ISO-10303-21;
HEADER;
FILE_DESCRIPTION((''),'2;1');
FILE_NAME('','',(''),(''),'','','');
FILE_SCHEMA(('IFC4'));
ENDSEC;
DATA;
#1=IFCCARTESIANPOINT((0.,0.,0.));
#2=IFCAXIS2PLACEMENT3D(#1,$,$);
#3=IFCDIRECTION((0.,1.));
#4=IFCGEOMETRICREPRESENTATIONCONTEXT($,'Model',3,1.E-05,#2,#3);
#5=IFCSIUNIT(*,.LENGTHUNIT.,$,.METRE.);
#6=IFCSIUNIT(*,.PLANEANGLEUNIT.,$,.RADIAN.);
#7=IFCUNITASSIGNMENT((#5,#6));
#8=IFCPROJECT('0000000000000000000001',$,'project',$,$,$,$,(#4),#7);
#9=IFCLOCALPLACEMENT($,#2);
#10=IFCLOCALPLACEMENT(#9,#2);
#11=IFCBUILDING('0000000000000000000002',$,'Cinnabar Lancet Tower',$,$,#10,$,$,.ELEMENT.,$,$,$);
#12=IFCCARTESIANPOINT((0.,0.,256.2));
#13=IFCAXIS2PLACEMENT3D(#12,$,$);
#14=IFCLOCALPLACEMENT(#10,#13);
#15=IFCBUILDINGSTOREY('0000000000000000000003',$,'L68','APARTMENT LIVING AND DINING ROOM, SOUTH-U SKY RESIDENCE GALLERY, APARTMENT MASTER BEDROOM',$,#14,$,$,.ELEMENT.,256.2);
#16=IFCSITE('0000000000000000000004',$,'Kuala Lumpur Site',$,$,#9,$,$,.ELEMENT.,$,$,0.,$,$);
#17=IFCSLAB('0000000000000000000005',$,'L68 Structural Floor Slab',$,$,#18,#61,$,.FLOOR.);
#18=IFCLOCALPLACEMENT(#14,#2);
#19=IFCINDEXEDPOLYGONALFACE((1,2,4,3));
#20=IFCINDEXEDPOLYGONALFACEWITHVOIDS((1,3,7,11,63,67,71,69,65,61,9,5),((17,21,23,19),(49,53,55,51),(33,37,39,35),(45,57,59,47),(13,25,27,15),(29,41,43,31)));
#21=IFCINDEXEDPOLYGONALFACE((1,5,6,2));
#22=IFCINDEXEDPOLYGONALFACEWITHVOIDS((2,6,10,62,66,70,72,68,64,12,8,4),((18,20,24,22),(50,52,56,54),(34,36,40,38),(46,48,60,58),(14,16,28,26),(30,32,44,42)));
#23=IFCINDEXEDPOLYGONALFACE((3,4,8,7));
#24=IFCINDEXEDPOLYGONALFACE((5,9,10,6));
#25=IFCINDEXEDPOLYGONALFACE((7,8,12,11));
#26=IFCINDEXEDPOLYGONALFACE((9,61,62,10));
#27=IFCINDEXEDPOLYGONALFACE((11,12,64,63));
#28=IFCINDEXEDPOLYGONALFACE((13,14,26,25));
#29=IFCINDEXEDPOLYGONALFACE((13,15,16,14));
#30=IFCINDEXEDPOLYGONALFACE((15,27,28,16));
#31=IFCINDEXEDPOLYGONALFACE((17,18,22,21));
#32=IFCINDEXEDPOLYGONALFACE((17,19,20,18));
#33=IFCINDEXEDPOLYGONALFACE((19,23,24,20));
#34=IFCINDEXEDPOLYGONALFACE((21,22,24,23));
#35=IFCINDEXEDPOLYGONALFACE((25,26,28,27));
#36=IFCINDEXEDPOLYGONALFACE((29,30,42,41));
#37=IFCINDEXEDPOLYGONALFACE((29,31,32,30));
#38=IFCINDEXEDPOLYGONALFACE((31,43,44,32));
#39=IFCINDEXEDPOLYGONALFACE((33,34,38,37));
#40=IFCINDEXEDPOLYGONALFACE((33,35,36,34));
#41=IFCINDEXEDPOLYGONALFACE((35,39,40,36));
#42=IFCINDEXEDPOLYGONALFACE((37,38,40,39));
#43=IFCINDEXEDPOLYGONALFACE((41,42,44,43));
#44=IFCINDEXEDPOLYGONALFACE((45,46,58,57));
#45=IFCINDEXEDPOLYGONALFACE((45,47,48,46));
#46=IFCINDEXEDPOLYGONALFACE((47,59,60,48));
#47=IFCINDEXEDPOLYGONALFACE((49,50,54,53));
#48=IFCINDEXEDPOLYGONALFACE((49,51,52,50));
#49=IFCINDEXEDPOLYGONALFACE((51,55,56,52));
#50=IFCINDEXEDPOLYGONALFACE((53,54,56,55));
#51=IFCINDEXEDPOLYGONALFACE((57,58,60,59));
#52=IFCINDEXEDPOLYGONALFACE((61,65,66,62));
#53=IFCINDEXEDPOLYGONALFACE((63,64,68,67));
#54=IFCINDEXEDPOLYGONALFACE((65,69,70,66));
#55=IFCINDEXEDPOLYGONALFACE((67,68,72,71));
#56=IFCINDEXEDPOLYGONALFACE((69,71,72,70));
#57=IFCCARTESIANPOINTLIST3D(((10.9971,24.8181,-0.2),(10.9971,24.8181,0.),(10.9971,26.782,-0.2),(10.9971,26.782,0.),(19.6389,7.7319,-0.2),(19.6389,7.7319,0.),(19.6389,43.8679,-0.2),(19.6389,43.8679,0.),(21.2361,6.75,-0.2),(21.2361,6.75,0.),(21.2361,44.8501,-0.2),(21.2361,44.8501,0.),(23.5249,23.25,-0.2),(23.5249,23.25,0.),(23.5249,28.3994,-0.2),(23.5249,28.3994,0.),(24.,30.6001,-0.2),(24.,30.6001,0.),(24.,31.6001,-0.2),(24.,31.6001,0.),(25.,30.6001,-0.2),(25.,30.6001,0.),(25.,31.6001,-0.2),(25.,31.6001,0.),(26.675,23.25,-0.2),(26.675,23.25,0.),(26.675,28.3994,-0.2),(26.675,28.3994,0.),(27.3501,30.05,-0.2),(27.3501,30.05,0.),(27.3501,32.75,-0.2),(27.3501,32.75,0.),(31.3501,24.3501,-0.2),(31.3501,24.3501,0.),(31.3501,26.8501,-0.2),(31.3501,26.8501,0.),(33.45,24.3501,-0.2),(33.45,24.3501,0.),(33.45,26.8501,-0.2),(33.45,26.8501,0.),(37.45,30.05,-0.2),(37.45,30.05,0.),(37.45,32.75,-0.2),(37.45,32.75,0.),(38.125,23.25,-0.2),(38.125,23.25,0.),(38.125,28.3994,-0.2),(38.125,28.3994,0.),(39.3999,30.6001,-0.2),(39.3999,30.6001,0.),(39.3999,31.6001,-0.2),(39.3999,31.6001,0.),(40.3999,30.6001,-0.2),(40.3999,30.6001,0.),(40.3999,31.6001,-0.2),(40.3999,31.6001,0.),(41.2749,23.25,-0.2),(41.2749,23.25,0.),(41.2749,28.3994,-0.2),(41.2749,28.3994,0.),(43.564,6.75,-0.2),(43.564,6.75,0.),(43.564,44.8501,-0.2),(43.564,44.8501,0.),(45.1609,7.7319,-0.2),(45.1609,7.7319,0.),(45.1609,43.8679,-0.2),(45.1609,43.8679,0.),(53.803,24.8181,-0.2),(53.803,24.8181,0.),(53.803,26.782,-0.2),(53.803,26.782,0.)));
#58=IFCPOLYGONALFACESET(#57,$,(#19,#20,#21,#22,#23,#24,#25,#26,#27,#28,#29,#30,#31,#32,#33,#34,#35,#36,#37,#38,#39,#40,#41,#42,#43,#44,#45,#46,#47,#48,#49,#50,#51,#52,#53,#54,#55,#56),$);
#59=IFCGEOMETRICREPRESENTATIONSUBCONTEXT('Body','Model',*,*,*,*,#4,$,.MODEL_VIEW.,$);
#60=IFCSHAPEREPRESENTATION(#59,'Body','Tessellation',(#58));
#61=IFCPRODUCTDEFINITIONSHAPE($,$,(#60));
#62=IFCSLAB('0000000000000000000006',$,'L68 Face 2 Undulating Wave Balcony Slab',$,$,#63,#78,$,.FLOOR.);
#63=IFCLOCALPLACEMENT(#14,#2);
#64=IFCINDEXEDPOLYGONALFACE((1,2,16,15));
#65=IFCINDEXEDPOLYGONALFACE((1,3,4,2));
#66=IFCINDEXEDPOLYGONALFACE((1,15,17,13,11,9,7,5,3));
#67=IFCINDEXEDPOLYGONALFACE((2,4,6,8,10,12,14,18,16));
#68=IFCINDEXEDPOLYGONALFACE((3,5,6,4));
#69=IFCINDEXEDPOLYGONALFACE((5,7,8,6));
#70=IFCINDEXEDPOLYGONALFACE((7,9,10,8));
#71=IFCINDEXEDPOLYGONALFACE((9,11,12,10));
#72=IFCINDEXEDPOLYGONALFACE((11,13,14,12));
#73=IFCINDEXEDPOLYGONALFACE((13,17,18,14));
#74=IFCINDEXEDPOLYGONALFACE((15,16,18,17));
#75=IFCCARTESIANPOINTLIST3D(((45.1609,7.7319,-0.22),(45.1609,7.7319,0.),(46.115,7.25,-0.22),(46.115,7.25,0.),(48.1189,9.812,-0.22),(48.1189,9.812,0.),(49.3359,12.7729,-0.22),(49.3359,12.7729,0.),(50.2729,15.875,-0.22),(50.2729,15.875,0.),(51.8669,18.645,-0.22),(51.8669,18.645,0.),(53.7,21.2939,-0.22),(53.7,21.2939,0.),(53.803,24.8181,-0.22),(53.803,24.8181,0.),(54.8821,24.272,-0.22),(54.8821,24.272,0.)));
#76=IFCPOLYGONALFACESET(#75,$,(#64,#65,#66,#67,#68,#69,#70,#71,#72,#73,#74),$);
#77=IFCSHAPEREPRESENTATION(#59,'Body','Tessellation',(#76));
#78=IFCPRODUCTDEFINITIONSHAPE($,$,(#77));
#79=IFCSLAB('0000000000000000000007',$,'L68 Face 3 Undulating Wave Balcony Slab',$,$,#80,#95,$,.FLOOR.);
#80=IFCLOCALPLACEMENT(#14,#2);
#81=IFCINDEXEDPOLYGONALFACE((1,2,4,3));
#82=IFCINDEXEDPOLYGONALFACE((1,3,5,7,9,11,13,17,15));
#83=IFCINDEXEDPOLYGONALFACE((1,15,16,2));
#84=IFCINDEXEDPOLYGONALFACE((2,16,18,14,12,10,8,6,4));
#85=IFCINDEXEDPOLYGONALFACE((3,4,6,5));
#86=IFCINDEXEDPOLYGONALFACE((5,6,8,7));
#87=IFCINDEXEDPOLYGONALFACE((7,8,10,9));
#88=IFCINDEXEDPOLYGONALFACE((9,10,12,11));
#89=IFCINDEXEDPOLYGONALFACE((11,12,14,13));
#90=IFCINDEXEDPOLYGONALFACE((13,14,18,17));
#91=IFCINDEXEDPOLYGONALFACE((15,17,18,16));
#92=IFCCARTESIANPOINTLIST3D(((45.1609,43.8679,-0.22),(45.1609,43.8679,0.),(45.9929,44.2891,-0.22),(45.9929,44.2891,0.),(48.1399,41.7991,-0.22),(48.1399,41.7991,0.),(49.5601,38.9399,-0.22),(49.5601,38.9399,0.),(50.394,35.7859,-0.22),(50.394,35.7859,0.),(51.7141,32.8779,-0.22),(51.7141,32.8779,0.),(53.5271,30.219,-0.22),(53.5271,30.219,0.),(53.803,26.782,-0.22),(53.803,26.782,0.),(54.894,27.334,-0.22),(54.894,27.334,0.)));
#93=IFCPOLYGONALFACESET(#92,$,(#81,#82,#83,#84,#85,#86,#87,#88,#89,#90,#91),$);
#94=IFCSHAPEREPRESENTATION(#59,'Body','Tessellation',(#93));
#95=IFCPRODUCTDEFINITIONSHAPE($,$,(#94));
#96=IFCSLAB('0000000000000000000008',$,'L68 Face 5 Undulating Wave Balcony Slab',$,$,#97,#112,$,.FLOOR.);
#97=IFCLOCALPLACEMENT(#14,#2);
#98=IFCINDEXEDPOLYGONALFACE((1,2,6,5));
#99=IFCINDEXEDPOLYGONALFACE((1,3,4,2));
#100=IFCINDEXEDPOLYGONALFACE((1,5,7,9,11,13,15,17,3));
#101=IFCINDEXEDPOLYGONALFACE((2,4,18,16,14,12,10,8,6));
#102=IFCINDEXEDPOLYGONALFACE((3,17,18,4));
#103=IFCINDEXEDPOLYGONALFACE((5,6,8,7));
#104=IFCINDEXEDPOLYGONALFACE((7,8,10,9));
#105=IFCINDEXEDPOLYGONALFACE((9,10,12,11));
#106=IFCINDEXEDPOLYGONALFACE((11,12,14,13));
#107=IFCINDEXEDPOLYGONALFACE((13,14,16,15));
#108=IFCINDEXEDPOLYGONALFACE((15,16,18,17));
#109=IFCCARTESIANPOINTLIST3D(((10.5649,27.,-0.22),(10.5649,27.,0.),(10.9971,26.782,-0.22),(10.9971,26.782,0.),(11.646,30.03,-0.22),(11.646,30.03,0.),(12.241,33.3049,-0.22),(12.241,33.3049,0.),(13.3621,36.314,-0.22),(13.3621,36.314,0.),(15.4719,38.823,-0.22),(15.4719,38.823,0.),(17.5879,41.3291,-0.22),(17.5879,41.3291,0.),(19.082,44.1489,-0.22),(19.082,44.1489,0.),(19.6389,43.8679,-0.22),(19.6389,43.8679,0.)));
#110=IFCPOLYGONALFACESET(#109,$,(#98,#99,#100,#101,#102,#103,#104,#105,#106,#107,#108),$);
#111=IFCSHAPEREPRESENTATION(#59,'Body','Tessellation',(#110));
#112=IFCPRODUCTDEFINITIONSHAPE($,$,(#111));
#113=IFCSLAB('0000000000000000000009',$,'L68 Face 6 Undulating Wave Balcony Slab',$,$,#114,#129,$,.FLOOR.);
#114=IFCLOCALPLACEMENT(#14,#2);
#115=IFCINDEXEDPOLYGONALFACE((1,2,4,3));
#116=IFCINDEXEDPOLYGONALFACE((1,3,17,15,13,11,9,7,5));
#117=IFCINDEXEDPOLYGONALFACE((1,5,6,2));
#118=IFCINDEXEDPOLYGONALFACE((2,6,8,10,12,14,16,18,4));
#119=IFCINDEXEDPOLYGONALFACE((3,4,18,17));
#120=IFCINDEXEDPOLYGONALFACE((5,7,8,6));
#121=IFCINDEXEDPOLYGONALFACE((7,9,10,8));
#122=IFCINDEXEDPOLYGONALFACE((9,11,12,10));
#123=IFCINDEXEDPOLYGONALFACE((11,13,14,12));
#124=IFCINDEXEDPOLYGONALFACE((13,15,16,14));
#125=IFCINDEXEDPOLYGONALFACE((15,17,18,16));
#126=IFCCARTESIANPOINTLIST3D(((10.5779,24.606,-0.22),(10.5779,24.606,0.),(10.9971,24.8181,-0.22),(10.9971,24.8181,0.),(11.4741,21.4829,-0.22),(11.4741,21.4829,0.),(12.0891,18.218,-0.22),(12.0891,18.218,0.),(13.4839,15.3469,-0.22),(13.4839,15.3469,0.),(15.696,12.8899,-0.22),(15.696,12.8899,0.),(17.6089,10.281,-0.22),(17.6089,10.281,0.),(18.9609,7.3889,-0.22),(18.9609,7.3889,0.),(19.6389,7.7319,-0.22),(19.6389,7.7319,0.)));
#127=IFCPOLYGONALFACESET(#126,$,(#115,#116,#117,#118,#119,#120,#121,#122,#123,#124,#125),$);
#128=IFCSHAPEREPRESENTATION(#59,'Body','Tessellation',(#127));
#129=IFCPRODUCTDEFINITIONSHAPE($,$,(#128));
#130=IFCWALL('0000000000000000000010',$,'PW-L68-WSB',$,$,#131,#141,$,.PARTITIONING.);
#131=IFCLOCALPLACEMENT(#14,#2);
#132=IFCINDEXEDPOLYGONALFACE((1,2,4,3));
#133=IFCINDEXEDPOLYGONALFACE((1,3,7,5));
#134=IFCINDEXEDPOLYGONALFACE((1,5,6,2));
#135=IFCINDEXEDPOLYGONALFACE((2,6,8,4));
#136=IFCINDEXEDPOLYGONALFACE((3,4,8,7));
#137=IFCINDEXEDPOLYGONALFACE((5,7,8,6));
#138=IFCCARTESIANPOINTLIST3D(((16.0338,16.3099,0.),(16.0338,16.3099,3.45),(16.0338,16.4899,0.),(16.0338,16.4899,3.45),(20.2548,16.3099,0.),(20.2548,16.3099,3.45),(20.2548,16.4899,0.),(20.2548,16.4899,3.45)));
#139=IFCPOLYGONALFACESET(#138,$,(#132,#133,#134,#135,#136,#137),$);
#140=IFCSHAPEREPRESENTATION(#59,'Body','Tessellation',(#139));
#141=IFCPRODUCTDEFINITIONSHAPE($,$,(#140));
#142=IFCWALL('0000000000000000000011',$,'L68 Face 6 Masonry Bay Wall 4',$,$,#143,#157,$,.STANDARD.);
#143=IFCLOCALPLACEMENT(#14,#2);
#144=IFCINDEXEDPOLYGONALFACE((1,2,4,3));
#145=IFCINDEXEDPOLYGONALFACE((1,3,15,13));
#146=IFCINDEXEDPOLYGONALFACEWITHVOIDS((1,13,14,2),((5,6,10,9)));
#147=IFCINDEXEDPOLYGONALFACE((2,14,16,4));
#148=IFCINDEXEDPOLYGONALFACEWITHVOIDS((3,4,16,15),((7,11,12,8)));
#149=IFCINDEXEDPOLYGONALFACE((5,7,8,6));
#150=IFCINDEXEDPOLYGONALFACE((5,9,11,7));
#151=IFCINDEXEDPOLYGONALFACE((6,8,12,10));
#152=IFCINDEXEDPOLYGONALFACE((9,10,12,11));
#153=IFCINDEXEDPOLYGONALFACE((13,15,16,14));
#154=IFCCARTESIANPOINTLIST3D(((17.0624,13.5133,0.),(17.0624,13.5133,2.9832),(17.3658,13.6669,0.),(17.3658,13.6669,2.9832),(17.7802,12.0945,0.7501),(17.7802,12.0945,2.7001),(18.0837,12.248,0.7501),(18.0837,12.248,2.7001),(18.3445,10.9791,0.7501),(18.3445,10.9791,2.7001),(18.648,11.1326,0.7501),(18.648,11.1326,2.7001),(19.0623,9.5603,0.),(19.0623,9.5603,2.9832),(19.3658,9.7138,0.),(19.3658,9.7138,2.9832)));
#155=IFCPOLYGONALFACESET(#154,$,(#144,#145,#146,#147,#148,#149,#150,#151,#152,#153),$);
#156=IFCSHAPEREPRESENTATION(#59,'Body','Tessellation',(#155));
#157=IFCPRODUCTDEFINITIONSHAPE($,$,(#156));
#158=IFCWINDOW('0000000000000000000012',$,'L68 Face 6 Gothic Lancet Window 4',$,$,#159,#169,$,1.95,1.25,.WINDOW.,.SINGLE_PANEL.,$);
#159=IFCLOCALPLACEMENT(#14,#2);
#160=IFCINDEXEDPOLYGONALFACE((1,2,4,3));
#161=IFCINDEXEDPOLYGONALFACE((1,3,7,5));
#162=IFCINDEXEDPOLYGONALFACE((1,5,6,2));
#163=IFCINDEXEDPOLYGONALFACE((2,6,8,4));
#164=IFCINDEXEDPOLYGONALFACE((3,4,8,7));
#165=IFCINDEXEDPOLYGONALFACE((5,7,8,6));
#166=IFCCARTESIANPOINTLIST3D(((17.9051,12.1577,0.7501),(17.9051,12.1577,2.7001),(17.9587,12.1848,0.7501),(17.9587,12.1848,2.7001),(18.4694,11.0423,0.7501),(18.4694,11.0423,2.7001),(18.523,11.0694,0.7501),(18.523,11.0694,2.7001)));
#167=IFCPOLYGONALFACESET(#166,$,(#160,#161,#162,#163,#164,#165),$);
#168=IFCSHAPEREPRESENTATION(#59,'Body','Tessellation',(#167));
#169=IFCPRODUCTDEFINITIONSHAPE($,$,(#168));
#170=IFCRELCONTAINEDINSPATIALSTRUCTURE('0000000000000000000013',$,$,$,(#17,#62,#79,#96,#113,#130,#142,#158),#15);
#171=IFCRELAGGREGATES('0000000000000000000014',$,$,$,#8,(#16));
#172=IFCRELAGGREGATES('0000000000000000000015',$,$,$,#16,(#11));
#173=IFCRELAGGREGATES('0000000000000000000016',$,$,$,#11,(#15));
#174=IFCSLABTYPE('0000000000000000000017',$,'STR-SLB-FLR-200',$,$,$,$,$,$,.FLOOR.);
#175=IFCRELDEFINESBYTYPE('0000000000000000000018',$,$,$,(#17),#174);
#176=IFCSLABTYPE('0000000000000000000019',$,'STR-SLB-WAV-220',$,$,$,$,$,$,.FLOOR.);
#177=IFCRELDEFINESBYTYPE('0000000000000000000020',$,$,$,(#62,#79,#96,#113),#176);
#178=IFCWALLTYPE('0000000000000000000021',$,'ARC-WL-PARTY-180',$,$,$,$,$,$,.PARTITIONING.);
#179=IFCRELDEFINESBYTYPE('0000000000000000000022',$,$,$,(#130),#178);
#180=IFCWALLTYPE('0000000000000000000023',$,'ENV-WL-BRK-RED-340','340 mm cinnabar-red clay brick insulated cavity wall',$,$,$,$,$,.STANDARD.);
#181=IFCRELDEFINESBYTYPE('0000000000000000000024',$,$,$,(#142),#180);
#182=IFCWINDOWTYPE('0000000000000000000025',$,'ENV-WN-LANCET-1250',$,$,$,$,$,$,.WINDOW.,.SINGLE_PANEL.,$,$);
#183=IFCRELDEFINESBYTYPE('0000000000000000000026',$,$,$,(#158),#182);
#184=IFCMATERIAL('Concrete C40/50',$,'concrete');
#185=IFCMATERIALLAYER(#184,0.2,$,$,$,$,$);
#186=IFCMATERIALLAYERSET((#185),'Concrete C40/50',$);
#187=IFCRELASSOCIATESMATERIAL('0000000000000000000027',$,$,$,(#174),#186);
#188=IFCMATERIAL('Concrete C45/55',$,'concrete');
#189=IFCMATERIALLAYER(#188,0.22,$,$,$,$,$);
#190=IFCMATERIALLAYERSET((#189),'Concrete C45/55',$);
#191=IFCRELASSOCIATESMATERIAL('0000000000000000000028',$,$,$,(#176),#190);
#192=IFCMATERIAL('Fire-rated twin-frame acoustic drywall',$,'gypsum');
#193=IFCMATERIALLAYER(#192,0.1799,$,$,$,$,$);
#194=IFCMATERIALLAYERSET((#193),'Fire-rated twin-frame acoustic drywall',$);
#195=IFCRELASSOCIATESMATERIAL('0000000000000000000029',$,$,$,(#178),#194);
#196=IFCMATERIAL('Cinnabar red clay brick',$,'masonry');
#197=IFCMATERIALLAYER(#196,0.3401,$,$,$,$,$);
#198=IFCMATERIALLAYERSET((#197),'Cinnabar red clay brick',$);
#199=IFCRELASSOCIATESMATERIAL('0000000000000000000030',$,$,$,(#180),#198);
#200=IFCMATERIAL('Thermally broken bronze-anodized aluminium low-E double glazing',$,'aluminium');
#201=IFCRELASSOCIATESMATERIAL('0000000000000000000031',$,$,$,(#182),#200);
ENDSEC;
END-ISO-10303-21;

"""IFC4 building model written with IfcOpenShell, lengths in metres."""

from ifc_helpers import new_model, si_unit, direction, frame, frame_2d, origin, place, context, subcontext, project, spatial, polyline, rectangle, outline, extrude, material, layer, layer_set, type_object, element, fill, save


model = new_model("IFC4")

# Units and contexts
model_context = context("Model", 3, precision=1e-05, world=origin(), true_north=direction((0.0, 1.0)))
body_context = subcontext(model_context, "Body", "Model", "MODEL_VIEW")
ifc_project = project(units=[si_unit("LENGTHUNIT", "METRE"), si_unit("PLANEANGLEUNIT", "RADIAN")], contexts=[model_context])

# Site, building, storey
site_placement = place(None, origin())
site = spatial("IfcSite", under=ifc_project, at=site_placement, Name="Kuala Lumpur Site", CompositionType="ELEMENT", RefElevation=0.0)
building_placement = place(site_placement, origin())
building = spatial("IfcBuilding", under=site, at=building_placement, Name="Cinnabar Lancet Tower", CompositionType="ELEMENT")
storey_placement = place(building_placement, frame((0.0, 0.0, 256.2)))
storey = spatial("IfcBuildingStorey", under=building, at=storey_placement, Name="L68", Description="APARTMENT LIVING AND DINING ROOM, SOUTH-U SKY RESIDENCE GALLERY, APARTMENT MASTER BEDROOM", CompositionType="ELEMENT", Elevation=256.2)

# Slabs
ifc_material_1 = material(Name="Concrete C40/50", Category="concrete")
ifc_layer_1 = layer(ifc_material_1, 0.2)
ifc_layer_set_1 = layer_set([ifc_layer_1], Name="Concrete C40/50")
slab_type_1 = type_object("IfcSlabType", Name="STR-SLB-FLR-200", PredefinedType="FLOOR", material=ifc_layer_set_1)
slab_1_placement = place(storey_placement, frame((0.0, 0.0, -0.2)))
element("IfcSlab", 1, at=slab_1_placement, inside=storey, type_object=slab_type_1, Name="L68 Structural Floor Slab", PredefinedType="FLOOR", context=body_context, shape_type="SweptSolid", body=[
    extrude(outline(polyline([(19.6389, 7.7319), (21.2361, 6.75), (43.564, 6.75), (45.1609, 7.7319), (53.803, 24.8181), (53.803, 26.782), (45.1609, 43.8679), (43.564, 44.8501), (21.2361, 44.8501), (19.6389, 43.8679), (10.9971, 26.782), (10.9971, 24.8181), (19.6389, 7.7319)]), holes=[polyline([(23.5249, 23.25), (26.675, 23.25), (26.675, 28.3994), (23.5249, 28.3994), (23.5249, 23.25)]), polyline([(38.125, 23.25), (41.2749, 23.25), (41.2749, 28.3994), (38.125, 28.3994), (38.125, 23.25)]), polyline([(27.3501, 30.05), (37.45, 30.05), (37.45, 32.75), (27.3501, 32.75), (27.3501, 30.05)]), polyline([(31.3501, 24.3501), (33.45, 24.3501), (33.45, 26.8501), (31.3501, 26.8501), (31.3501, 24.3501)]), polyline([(24.0, 30.6001), (25.0, 30.6001), (25.0, 31.6001), (24.0, 31.6001), (24.0, 30.6001)]), polyline([(39.3999, 30.6001), (40.3999, 30.6001), (40.3999, 31.6001), (39.3999, 31.6001), (39.3999, 30.6001)])]), origin(), (0.0, 0.0, 1.0), 0.2),
])
ifc_material_2 = material(Name="Concrete C45/55", Category="concrete")
ifc_layer_2 = layer(ifc_material_2, 0.22)
ifc_layer_set_2 = layer_set([ifc_layer_2], Name="Concrete C45/55")
slab_type_2 = type_object("IfcSlabType", Name="STR-SLB-WAV-220", PredefinedType="FLOOR", material=ifc_layer_set_2)
slab_2_placement = place(storey_placement, frame((0.0, 0.0, -0.22)))
element("IfcSlab", 2, at=slab_2_placement, inside=storey, type_object=slab_type_2, Name="L68 Face 2 Undulating Wave Balcony Slab", PredefinedType="FLOOR", context=body_context, shape_type="SweptSolid", body=[
    extrude(outline(polyline([(45.1609, 7.7319), (46.115, 7.25), (48.1189, 9.812), (49.3359, 12.7729), (50.2729, 15.875), (51.8669, 18.645), (53.7, 21.2939), (54.8821, 24.272), (53.803, 24.8181), (45.1609, 7.7319)])), origin(), (0.0, 0.0, 1.0), 0.22),
])
slab_3_placement = place(storey_placement, frame((0.0, 0.0, -0.22)))
element("IfcSlab", 3, at=slab_3_placement, inside=storey, type_object=slab_type_2, Name="L68 Face 3 Undulating Wave Balcony Slab", PredefinedType="FLOOR", context=body_context, shape_type="SweptSolid", body=[
    extrude(outline(polyline([(53.803, 26.782), (54.894, 27.334), (53.5271, 30.219), (51.7141, 32.8779), (50.394, 35.7859), (49.5601, 38.9399), (48.1399, 41.7991), (45.9929, 44.2891), (45.1609, 43.8679), (53.803, 26.782)])), origin(), (0.0, 0.0, 1.0), 0.22),
])
slab_4_placement = place(storey_placement, frame((0.0, 0.0, -0.22)))
element("IfcSlab", 4, at=slab_4_placement, inside=storey, type_object=slab_type_2, Name="L68 Face 5 Undulating Wave Balcony Slab", PredefinedType="FLOOR", context=body_context, shape_type="SweptSolid", body=[
    extrude(outline(polyline([(19.6389, 43.8679), (19.082, 44.1489), (17.5879, 41.3291), (15.4719, 38.823), (13.3621, 36.314), (12.241, 33.3049), (11.646, 30.03), (10.5649, 27.0), (10.9971, 26.782), (19.6389, 43.8679)])), origin(), (0.0, 0.0, 1.0), 0.22),
])
slab_5_placement = place(storey_placement, frame((0.0, 0.0, -0.22)))
element("IfcSlab", 5, at=slab_5_placement, inside=storey, type_object=slab_type_2, Name="L68 Face 6 Undulating Wave Balcony Slab", PredefinedType="FLOOR", context=body_context, shape_type="SweptSolid", body=[
    extrude(outline(polyline([(10.9971, 24.8181), (10.5779, 24.606), (11.4741, 21.4829), (12.0891, 18.218), (13.4839, 15.3469), (15.696, 12.8899), (17.6089, 10.281), (18.9609, 7.3889), (19.6389, 7.7319), (10.9971, 24.8181)])), origin(), (0.0, 0.0, 1.0), 0.22),
])

# Wall
ifc_material_3 = material(Name="Fire-rated twin-frame acoustic drywall", Category="gypsum")
ifc_layer_3 = layer(ifc_material_3, 0.1799)
ifc_layer_set_3 = layer_set([ifc_layer_3], Name="Fire-rated twin-frame acoustic drywall")
wall_type_1 = type_object("IfcWallType", Name="ARC-WL-PARTY-180", PredefinedType="PARTITIONING", material=ifc_layer_set_3)
wall_1_placement = place(storey_placement, frame((16.0339, 16.3999, 0.0), z_axis=(0.0, 0.0, 1.0), x_axis=(1.0, 0.0, 0.0)))
element("IfcWall", 6, at=wall_1_placement, inside=storey, type_object=wall_type_1, Name="PW-L68-WSB", PredefinedType="PARTITIONING", context=body_context, shape_type="SweptSolid", body=[
    extrude(rectangle(XDim=4.2209, YDim=0.1799, at=frame_2d((2.1104, 0.0))), origin(), (0.0, 0.0, 1.0), 3.45),
])

# Wall, opening, window
ifc_material_4 = material(Name="Cinnabar red clay brick", Category="masonry")
ifc_layer_4 = layer(ifc_material_4, 0.3401)
ifc_layer_set_4 = layer_set([ifc_layer_4], Name="Cinnabar red clay brick")
wall_type_2 = type_object("IfcWallType", Name="ENV-WL-BRK-RED-340", Description="340 mm cinnabar-red clay brick insulated cavity wall", PredefinedType="STANDARD", material=ifc_layer_set_4)
wall_2_placement = place(storey_placement, frame((17.2141, 13.5901, 0.0), z_axis=(0.0, 0.0, 1.0), x_axis=(0.451441, -0.892301, 0.0)))
wall_2 = element("IfcWall", 7, at=wall_2_placement, inside=storey, type_object=wall_type_2, Name="L68 Face 6 Masonry Bay Wall 4", PredefinedType="STANDARD", context=body_context, shape_type="SweptSolid", body=[
    extrude(rectangle(XDim=4.4302, YDim=0.3401, at=frame_2d((2.2151, 0.0))), origin(), (0.0, 0.0, 1.0), 2.9832),
])
opening_1_placement = place(wall_2_placement, frame((1.5901, 0.0, 0.75)))
opening_1 = element("IfcOpeningElement", 8, at=opening_1_placement, cuts=wall_2, PredefinedType="OPENING", context=body_context, shape_type="SweptSolid", body=[
    extrude(rectangle(XDim=1.25, YDim=1.95, at=frame_2d((0.625, 0.9751))), frame((0.0, 0.1799, 0.0), z_axis=(0.0, -1.0, 0.0), x_axis=(1.0, 0.0, 0.0)), (0.0, 0.0, 1.0), 0.3601),
])
ifc_material_5 = material(Name="Thermally broken bronze-anodized aluminium low-E double glazing", Category="aluminium")
window_type = type_object("IfcWindowType", Name="ENV-WN-LANCET-1250", PartitioningType="SINGLE_PANEL", PredefinedType="WINDOW", material=ifc_material_5)
window_placement = place(opening_1_placement, origin())
window = element("IfcWindow", 9, at=window_placement, inside=storey, type_object=window_type, Name="L68 Face 6 Gothic Lancet Window 4", OverallHeight=1.95, OverallWidth=1.25, PartitioningType="SINGLE_PANEL", PredefinedType="WINDOW", context=body_context, shape_type="SweptSolid", body=[
    extrude(rectangle(XDim=1.25, YDim=1.95, at=frame_2d((0.625, 0.9751))), frame((0.0, 0.03, 0.0), z_axis=(0.0, -1.0, 0.0), x_axis=(1.0, 0.0, 0.0)), (0.0, 0.0, 1.0), 0.0601),
])
fill(opening_1, window)

save(model, "model.ifc")
